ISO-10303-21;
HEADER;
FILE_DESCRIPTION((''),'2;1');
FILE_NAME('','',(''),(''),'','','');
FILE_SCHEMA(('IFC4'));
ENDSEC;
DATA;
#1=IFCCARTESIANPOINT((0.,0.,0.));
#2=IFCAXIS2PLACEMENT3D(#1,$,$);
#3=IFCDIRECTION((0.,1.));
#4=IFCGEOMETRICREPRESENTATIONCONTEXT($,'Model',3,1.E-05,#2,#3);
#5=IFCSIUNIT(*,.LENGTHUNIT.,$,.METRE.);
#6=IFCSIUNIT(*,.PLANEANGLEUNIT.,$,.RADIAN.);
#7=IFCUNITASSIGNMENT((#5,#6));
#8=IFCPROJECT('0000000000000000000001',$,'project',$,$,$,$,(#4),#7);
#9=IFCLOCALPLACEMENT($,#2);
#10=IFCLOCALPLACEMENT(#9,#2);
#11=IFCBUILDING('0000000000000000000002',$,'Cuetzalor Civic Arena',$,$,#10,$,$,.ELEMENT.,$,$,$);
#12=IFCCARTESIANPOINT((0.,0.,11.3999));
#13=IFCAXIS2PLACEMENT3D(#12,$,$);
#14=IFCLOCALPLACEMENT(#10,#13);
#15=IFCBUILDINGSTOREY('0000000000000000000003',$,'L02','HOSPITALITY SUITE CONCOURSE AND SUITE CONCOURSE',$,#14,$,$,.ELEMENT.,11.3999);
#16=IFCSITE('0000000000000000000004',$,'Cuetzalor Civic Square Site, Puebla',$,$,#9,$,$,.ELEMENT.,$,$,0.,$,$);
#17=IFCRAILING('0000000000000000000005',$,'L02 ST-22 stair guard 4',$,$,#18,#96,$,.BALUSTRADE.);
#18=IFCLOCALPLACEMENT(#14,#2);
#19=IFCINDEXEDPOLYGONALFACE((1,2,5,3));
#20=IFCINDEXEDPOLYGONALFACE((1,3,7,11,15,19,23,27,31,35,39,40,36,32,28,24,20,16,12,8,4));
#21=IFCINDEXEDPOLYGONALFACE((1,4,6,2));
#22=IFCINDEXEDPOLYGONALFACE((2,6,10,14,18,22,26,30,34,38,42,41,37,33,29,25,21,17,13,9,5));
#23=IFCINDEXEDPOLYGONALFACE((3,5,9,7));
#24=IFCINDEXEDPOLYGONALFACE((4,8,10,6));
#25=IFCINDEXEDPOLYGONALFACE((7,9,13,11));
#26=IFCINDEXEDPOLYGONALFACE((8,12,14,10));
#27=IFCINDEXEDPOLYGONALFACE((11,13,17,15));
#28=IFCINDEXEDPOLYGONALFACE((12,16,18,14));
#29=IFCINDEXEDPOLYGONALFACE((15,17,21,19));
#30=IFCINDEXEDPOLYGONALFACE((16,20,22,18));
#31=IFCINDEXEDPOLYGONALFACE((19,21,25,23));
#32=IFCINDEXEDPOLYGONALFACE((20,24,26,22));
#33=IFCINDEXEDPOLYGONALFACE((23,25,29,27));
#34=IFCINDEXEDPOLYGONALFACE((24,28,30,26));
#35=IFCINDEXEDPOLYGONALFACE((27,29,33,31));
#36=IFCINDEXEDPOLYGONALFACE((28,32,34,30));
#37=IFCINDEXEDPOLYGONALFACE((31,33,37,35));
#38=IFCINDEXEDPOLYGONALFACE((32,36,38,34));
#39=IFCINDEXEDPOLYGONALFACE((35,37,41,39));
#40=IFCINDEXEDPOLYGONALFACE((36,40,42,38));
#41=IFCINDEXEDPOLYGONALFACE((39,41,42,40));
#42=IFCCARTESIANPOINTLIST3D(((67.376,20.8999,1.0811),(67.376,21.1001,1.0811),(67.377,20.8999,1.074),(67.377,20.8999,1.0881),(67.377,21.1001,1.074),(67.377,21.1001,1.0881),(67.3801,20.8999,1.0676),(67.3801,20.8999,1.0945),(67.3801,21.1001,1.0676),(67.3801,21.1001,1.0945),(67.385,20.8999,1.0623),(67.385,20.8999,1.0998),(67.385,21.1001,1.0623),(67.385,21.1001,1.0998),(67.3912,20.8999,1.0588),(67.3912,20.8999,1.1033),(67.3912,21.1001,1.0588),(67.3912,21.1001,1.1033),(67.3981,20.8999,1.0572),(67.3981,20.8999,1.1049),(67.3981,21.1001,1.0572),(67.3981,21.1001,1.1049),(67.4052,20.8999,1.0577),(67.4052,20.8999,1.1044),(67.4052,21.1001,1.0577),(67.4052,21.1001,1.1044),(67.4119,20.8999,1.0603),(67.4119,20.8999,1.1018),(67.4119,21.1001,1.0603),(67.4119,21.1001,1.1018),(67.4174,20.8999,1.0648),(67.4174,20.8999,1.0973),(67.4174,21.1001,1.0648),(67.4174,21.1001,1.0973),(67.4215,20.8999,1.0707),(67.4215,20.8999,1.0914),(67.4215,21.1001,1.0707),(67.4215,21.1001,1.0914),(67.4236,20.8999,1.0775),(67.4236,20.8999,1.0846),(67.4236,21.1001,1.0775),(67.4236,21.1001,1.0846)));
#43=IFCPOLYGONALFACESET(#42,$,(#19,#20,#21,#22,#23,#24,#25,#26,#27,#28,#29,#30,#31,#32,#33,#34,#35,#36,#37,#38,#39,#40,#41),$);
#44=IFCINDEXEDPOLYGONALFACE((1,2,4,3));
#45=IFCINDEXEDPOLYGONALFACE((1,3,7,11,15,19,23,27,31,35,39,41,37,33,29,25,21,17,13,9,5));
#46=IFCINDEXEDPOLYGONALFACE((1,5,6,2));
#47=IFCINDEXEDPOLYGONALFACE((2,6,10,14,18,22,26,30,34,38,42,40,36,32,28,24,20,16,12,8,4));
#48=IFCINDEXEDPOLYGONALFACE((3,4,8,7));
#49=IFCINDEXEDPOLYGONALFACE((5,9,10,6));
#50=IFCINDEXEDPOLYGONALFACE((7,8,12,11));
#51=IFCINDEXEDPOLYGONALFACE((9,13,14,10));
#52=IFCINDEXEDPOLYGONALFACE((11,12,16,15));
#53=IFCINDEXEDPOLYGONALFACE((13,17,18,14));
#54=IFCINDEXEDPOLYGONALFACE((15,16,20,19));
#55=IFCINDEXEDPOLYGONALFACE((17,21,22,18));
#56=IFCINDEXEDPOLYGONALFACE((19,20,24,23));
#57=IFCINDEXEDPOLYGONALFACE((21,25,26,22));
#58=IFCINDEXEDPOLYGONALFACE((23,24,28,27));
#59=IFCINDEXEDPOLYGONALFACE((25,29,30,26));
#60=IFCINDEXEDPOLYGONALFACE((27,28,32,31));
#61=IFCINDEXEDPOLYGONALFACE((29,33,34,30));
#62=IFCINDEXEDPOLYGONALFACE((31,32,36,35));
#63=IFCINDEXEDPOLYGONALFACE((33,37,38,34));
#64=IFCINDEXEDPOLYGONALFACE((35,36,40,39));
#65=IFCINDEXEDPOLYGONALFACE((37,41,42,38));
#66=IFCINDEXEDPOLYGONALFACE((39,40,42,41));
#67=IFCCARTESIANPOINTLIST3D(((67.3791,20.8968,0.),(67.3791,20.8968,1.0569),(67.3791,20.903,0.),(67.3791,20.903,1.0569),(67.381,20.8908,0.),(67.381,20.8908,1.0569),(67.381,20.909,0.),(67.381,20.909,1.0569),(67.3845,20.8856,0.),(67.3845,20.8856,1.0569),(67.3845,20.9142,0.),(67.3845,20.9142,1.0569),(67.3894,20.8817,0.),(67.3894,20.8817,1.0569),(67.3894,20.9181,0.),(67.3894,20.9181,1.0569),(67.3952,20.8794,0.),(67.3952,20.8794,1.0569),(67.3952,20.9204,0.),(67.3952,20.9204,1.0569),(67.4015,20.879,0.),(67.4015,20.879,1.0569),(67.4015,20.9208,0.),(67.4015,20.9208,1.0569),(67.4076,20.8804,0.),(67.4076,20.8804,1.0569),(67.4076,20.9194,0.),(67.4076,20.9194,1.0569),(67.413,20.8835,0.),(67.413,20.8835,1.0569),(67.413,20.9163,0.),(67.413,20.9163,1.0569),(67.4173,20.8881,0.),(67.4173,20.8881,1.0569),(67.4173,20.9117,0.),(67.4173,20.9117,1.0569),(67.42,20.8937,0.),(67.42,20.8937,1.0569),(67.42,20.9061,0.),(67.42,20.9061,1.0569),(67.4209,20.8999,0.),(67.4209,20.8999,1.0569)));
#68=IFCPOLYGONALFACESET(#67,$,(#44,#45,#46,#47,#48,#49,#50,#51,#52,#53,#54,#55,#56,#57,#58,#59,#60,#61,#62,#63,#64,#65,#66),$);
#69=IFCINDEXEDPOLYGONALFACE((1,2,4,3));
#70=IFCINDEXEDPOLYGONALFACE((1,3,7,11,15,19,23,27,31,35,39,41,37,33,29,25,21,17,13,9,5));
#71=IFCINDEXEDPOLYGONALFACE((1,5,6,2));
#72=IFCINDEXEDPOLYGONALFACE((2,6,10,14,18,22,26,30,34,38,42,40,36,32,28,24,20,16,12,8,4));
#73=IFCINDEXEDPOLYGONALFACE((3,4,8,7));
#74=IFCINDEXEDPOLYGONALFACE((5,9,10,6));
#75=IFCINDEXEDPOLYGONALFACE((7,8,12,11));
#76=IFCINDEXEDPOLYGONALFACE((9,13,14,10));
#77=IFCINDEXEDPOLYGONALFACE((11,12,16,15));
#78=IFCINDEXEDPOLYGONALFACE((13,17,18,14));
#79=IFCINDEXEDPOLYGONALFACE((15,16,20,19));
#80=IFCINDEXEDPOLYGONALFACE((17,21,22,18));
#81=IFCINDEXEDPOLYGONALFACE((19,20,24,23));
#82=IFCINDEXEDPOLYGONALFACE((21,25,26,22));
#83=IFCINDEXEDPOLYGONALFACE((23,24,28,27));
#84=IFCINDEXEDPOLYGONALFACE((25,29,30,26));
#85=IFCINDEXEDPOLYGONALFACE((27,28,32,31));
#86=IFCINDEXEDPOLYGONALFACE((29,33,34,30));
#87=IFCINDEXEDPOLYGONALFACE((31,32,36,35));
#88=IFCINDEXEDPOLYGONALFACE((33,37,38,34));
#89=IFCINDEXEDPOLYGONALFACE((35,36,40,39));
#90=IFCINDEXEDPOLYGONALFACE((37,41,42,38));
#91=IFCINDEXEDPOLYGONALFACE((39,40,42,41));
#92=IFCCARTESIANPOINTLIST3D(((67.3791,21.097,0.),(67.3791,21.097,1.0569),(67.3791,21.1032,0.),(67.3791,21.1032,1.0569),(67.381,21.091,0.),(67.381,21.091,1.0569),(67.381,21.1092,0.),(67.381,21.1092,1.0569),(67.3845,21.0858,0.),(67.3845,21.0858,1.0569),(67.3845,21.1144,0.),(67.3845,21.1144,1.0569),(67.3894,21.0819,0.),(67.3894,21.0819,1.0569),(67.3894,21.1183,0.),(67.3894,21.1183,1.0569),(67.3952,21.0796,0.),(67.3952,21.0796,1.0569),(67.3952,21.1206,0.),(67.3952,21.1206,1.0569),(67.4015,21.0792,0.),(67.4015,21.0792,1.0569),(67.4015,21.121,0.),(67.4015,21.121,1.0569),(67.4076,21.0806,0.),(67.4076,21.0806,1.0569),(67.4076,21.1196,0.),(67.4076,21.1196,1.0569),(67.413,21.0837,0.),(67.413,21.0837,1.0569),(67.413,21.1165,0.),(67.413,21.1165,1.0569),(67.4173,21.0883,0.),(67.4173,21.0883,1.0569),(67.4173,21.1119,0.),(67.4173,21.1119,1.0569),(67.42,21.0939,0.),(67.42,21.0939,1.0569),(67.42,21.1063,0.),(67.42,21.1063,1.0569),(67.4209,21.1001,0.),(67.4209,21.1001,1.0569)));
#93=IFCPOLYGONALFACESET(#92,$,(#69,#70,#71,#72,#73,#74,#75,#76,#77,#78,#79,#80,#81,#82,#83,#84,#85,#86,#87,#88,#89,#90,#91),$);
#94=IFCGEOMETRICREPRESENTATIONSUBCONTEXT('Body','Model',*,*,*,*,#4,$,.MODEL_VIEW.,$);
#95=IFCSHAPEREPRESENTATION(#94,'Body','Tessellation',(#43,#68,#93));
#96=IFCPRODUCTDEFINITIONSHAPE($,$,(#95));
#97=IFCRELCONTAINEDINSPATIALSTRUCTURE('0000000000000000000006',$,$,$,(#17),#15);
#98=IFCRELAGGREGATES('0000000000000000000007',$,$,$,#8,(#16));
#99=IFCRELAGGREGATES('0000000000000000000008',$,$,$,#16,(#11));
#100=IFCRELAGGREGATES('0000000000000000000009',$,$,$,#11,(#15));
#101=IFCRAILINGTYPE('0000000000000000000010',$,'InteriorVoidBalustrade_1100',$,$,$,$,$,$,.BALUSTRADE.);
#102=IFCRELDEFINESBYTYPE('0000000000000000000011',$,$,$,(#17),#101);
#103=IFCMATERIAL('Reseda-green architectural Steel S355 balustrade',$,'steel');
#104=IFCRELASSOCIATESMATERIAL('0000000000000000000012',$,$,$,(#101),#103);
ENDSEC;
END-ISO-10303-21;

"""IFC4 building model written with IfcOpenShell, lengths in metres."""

from ifc_helpers import new_model, si_unit, direction, frame, origin, origin_2d, place, context, subcontext, project, spatial, circle, extrude, material, type_object, element, save


model = new_model("IFC4")

# Units and contexts
model_context = context("Model", 3, precision=1e-05, world=origin(), true_north=direction((0.0, 1.0)))
body_context = subcontext(model_context, "Body", "Model", "MODEL_VIEW")
ifc_project = project(units=[si_unit("LENGTHUNIT", "METRE"), si_unit("PLANEANGLEUNIT", "RADIAN")], contexts=[model_context])

# Site, building, storey
site_placement = place(None, origin())
site = spatial("IfcSite", under=ifc_project, at=site_placement, Name="Cuetzalor Civic Square Site, Puebla", CompositionType="ELEMENT", RefElevation=0.0)
building_placement = place(site_placement, origin())
building = spatial("IfcBuilding", under=site, at=building_placement, Name="Cuetzalor Civic Arena", CompositionType="ELEMENT")
storey_placement = place(building_placement, frame((0.0, 0.0, 11.3999)))
storey = spatial("IfcBuildingStorey", under=building, at=storey_placement, Name="L02", Description="HOSPITALITY SUITE CONCOURSE AND SUITE CONCOURSE", CompositionType="ELEMENT", Elevation=11.3999)

# Railing
ifc_material_1 = material(Name="Reseda-green architectural Steel S355 balustrade", Category="steel")
railing_type_1 = type_object("IfcRailingType", Name="InteriorVoidBalustrade_1100", PredefinedType="BALUSTRADE", material=ifc_material_1)
railing_1_placement = place(storey_placement, frame((67.3999, 20.8999, 0.0)))
element("IfcRailing", 1, at=railing_1_placement, inside=storey, type_object=railing_type_1, Name="L02 ST-22 stair guard 4", PredefinedType="BALUSTRADE", context=body_context, shape_type="SweptSolid", body=[
    extrude(circle(Radius=0.0239, at=origin_2d()), frame((0.0, 0.0, 1.0811), z_axis=(0.0, 1.0, 0.0), x_axis=(-1.0, 0.0, 0.0)), (0.0, 0.0, 1.0), 0.2002),
    extrude(circle(Radius=0.021, at=origin_2d()), origin(), (0.0, 0.0, 1.0), 1.0569),
    extrude(circle(Radius=0.021, at=origin_2d()), frame((0.0, 0.2002, 0.0)), (0.0, 0.0, 1.0), 1.0569),
])

save(model, "model.ifc")
